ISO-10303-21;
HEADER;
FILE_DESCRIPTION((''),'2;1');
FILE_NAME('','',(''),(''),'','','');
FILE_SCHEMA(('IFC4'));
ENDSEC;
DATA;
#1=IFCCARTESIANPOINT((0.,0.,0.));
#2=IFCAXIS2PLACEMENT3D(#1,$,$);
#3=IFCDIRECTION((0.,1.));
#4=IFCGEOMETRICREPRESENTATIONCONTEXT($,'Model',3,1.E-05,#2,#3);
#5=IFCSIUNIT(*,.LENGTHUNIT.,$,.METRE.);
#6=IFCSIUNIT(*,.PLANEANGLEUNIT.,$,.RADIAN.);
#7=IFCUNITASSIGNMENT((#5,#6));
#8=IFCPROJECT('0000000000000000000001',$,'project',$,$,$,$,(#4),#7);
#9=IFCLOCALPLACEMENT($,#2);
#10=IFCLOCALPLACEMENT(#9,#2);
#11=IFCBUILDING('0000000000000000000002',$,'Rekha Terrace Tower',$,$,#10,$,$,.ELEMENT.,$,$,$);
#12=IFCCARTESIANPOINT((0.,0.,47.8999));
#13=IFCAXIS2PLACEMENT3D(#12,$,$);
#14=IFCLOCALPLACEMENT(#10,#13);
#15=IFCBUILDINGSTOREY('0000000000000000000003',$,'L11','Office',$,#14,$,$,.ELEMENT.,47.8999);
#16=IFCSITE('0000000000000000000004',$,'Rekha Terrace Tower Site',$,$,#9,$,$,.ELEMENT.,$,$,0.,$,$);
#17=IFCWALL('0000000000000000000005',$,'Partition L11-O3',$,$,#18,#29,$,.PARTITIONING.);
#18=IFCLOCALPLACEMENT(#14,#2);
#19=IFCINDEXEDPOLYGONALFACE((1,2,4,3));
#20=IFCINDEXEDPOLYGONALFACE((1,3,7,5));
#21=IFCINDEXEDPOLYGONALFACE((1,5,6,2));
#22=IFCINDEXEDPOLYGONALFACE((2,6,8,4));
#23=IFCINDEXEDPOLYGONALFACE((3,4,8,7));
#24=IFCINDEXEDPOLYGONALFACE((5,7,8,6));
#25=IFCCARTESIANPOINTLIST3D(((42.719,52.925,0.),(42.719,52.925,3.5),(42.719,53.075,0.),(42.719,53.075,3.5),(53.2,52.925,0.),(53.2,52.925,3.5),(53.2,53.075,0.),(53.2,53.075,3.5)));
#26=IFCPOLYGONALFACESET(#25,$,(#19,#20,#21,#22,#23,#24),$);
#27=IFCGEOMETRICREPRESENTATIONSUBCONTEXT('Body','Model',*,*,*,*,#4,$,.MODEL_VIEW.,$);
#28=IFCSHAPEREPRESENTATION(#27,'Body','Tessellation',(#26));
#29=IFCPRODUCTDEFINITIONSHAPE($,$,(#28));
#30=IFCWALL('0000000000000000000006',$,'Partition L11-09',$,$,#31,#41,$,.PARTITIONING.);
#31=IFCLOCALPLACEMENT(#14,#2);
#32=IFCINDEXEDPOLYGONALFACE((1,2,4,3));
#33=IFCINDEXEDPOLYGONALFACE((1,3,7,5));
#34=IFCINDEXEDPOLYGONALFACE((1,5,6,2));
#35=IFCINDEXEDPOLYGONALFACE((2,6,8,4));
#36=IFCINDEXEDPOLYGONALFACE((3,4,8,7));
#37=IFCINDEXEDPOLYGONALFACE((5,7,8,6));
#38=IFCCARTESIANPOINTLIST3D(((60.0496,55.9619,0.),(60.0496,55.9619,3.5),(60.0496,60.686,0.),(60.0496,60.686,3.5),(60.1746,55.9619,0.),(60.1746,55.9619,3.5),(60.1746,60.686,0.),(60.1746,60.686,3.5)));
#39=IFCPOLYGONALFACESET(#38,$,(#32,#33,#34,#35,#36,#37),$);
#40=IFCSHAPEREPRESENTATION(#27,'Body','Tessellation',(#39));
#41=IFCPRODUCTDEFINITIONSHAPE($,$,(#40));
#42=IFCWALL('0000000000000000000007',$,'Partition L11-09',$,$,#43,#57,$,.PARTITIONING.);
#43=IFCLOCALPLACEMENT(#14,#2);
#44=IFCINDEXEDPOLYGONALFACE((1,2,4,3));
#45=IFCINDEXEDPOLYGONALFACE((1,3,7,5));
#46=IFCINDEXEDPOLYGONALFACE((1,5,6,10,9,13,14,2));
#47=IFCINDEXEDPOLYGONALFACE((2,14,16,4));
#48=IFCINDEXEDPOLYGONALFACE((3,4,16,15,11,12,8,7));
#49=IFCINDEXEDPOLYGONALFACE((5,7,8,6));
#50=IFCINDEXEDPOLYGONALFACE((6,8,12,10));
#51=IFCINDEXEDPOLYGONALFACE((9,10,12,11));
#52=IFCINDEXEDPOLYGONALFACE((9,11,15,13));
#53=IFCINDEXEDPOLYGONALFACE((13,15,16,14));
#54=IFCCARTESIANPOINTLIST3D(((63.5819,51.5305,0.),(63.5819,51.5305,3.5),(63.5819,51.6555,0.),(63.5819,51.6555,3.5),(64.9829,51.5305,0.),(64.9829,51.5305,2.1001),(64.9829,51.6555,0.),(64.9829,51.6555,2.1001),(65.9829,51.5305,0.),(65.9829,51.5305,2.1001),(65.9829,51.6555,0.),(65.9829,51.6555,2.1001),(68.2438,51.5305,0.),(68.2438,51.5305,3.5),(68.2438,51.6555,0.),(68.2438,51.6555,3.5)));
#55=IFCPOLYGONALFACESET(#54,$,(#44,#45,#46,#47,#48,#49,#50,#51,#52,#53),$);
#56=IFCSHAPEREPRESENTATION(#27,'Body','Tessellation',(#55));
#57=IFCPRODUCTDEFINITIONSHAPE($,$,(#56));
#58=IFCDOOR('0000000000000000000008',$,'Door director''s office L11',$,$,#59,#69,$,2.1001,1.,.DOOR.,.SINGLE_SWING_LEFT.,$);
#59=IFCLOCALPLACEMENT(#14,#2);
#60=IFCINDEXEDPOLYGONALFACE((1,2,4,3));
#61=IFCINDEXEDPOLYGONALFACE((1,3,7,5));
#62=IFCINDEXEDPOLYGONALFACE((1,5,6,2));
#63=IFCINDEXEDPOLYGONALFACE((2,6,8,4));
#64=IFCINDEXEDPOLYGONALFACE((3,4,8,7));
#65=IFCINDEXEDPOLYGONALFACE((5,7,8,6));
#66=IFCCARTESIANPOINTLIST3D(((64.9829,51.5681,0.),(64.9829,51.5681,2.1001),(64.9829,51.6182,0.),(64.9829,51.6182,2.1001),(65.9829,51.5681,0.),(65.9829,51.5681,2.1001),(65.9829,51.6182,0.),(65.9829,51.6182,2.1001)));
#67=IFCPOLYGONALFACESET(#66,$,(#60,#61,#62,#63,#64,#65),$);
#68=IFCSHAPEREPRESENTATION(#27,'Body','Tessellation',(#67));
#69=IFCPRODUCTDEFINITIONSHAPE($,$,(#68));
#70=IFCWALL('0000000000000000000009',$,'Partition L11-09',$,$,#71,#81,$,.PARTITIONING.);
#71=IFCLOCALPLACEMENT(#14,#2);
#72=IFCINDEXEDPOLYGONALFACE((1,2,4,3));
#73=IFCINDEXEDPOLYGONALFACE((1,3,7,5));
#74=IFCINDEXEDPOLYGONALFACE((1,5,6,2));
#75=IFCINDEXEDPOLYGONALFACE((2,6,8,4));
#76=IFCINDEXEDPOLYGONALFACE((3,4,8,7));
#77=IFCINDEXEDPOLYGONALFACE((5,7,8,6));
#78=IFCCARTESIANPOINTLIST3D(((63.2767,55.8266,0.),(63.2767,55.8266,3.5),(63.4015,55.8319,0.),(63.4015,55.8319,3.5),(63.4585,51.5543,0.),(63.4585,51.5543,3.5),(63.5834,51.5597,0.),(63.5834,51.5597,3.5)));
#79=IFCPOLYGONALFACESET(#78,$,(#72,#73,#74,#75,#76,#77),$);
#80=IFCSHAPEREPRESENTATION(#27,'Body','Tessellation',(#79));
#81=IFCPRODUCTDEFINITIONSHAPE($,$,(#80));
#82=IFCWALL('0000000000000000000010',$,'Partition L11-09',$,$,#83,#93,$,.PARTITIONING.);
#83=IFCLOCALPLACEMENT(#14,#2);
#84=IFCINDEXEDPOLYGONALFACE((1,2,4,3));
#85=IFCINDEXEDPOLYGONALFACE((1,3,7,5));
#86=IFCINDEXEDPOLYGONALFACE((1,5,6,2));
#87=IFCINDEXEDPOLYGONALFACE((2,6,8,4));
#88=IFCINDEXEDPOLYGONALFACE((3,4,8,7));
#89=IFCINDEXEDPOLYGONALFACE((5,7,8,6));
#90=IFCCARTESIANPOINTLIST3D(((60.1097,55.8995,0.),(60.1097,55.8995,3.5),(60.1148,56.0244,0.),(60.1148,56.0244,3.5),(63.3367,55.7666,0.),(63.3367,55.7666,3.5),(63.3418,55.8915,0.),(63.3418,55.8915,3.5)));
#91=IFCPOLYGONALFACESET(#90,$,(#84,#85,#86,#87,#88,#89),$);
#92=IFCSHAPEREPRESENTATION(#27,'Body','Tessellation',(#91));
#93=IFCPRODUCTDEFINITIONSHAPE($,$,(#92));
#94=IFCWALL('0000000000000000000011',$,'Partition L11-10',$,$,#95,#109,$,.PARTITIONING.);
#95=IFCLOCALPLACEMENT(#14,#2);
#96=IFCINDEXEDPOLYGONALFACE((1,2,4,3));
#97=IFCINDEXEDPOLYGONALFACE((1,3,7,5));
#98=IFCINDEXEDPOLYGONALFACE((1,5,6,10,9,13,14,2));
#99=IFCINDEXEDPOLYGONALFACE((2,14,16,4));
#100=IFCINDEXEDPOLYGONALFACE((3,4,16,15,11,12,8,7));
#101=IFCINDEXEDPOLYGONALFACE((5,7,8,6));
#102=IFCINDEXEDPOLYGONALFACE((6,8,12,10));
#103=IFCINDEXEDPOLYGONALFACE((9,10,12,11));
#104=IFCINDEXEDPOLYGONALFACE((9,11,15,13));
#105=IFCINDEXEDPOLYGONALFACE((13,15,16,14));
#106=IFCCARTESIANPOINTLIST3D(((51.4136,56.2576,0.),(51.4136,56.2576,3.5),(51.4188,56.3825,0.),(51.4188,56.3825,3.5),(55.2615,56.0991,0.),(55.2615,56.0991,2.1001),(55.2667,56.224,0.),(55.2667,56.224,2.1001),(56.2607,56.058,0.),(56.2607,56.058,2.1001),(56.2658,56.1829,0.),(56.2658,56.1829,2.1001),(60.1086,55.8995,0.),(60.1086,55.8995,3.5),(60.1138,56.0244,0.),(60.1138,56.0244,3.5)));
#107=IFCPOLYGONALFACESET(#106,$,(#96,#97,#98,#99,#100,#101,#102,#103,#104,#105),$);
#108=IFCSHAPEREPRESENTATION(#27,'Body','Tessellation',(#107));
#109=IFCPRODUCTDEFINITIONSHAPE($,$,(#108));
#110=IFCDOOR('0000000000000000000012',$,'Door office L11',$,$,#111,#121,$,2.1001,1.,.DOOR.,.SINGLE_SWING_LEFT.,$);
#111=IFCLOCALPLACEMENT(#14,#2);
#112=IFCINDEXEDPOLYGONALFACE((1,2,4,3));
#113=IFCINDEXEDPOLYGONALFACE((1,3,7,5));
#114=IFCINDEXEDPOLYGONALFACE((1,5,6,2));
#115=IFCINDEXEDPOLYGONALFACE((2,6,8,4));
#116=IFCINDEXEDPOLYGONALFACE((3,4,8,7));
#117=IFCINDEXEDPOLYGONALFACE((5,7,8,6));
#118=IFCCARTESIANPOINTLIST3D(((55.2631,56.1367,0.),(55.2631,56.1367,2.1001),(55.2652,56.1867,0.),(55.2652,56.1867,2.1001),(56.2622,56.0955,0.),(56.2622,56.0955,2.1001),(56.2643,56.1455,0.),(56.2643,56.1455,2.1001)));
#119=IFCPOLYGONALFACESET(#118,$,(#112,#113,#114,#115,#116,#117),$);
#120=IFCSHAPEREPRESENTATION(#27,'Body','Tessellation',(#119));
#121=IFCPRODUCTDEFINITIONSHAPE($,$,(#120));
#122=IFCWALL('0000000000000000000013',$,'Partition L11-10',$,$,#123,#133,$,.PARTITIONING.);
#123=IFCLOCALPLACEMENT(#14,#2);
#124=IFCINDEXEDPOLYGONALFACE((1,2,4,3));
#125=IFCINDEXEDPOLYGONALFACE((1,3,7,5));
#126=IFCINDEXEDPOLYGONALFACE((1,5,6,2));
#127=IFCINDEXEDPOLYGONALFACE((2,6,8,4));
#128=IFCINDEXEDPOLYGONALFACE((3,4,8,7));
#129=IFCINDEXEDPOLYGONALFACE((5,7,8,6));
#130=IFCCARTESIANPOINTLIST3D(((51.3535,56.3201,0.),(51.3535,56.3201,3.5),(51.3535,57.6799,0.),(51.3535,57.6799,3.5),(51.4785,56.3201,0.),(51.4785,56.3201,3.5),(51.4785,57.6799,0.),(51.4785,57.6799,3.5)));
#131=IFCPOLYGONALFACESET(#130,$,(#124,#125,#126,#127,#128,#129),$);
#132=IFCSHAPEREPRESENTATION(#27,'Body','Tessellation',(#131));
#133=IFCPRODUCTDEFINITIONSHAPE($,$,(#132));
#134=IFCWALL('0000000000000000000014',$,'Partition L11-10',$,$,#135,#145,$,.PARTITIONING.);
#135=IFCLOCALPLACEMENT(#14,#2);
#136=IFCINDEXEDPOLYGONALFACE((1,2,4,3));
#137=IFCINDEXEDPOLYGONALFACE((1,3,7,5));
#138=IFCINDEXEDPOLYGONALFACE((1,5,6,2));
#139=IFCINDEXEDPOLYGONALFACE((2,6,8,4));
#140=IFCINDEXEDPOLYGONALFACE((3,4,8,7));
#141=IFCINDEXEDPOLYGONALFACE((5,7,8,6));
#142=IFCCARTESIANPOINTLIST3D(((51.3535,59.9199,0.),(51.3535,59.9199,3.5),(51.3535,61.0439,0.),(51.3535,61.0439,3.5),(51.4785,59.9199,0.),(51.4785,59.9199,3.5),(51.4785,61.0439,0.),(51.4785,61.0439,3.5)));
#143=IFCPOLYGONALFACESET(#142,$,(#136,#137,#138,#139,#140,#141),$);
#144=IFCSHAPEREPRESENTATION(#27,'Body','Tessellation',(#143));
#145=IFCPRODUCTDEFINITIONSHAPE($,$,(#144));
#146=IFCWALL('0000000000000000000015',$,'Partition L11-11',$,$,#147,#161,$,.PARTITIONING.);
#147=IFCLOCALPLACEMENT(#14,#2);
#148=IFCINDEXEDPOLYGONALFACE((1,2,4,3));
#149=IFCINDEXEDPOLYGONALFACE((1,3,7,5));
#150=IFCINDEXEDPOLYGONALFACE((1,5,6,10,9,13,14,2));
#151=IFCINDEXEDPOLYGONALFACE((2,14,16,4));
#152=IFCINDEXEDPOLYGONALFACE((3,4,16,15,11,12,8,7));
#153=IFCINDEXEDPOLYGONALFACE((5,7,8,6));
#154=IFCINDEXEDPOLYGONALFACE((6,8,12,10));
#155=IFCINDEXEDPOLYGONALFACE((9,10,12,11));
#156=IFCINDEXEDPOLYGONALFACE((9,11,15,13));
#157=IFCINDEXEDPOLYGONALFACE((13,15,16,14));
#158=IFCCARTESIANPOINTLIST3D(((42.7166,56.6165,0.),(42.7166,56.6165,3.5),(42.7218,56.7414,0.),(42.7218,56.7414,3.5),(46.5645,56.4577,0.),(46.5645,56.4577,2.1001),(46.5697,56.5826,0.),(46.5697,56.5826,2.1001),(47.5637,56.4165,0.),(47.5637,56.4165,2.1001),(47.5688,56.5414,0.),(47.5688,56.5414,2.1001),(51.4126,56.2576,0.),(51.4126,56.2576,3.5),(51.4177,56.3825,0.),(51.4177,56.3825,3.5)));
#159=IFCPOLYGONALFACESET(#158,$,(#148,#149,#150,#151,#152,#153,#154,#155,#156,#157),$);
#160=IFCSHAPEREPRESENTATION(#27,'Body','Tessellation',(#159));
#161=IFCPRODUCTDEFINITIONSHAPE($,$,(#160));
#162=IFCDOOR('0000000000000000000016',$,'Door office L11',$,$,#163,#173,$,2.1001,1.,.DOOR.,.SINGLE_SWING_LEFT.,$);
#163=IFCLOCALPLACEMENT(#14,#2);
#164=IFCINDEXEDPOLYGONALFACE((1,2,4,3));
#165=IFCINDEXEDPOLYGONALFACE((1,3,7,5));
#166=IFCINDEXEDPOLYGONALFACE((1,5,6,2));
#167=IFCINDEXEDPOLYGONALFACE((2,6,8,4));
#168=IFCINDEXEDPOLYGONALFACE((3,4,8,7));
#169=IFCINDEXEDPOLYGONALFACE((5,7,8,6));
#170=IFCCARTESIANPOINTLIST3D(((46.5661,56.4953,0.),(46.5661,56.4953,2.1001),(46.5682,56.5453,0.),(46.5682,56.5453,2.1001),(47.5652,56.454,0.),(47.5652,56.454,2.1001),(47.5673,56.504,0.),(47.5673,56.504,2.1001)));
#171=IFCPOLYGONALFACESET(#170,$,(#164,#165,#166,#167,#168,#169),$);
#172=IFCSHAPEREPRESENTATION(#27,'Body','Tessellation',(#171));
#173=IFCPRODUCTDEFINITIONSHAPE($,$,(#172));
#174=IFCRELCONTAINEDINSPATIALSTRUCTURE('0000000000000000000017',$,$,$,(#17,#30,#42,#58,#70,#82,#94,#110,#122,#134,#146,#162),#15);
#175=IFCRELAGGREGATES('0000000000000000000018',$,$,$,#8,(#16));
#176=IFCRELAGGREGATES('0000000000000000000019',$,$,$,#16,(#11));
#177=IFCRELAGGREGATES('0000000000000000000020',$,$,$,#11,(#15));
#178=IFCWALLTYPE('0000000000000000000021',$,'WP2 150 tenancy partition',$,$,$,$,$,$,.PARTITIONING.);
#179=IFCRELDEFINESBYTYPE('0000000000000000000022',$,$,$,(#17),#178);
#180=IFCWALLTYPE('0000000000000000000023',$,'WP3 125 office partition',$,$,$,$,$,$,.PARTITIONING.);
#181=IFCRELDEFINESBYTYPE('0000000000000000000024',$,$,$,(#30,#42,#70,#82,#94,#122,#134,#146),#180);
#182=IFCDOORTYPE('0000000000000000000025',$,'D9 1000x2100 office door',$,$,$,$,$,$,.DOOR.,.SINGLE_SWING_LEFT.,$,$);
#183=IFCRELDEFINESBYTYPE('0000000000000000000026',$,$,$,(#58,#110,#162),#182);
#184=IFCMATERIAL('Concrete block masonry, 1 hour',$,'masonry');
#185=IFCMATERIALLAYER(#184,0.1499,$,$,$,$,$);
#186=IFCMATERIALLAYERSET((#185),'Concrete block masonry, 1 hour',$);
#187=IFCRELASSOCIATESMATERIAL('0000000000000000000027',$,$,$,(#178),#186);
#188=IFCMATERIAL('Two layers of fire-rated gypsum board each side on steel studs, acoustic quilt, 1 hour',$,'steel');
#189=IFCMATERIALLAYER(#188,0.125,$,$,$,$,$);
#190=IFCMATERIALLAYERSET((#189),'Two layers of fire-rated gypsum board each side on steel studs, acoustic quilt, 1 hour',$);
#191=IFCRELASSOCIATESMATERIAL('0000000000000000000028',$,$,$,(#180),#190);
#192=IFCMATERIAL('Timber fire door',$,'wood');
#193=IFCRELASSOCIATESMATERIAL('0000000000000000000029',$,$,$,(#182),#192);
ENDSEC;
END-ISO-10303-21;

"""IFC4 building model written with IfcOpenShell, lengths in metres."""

from ifc_helpers import new_model, si_unit, direction, frame, frame_2d, origin, place, context, subcontext, project, spatial, rectangle, extrude, material, layer, layer_set, type_object, element, fill, save


model = new_model("IFC4")

# Units and contexts
model_context = context("Model", 3, precision=1e-05, world=origin(), true_north=direction((0.0, 1.0)))
body_context = subcontext(model_context, "Body", "Model", "MODEL_VIEW")
ifc_project = project(units=[si_unit("LENGTHUNIT", "METRE"), si_unit("PLANEANGLEUNIT", "RADIAN")], contexts=[model_context])

# Site, building, storey
site_placement = place(None, origin())
site = spatial("IfcSite", under=ifc_project, at=site_placement, Name="Rekha Terrace Tower Site", CompositionType="ELEMENT", RefElevation=0.0)
building_placement = place(site_placement, origin())
building = spatial("IfcBuilding", under=site, at=building_placement, Name="Rekha Terrace Tower", CompositionType="ELEMENT")
storey_placement = place(building_placement, frame((0.0, 0.0, 47.8999)))
storey = spatial("IfcBuildingStorey", under=building, at=storey_placement, Name="L11", Description="Office", CompositionType="ELEMENT", Elevation=47.8999)

# Walls
ifc_material_1 = material(Name="Concrete block masonry, 1 hour", Category="masonry")
ifc_layer_1 = layer(ifc_material_1, 0.1499)
ifc_layer_set_1 = layer_set([ifc_layer_1], Name="Concrete block masonry, 1 hour")
wall_type_1 = type_object("IfcWallType", Name="WP2 150 tenancy partition", PredefinedType="PARTITIONING", material=ifc_layer_set_1)
wall_1_placement = place(storey_placement, frame((53.2, 53.0, 0.0), z_axis=(0.0, 0.0, 1.0), x_axis=(-1.0, 0.0, 0.0)))
element("IfcWall", 1, at=wall_1_placement, inside=storey, type_object=wall_type_1, Name="Partition L11-O3", PredefinedType="PARTITIONING", context=body_context, shape_type="SweptSolid", body=[
    extrude(rectangle(XDim=10.481, YDim=0.1499, at=frame_2d((5.2405, 0.0))), origin(), (0.0, 0.0, 1.0), 3.5),
])
ifc_material_2 = material(Name="Two layers of fire-rated gypsum board each side on steel studs, acoustic quilt, 1 hour", Category="steel")
ifc_layer_2 = layer(ifc_material_2, 0.125)
ifc_layer_set_2 = layer_set([ifc_layer_2], Name="Two layers of fire-rated gypsum board each side on steel studs, acoustic quilt, 1 hour")
wall_type_2 = type_object("IfcWallType", Name="WP3 125 office partition", PredefinedType="PARTITIONING", material=ifc_layer_set_2)
wall_2_placement = place(storey_placement, frame((60.1121, 55.9619, 0.0), z_axis=(0.0, 0.0, 1.0), x_axis=(0.0, 1.0, 0.0)))
element("IfcWall", 2, at=wall_2_placement, inside=storey, type_object=wall_type_2, Name="Partition L11-09", PredefinedType="PARTITIONING", context=body_context, shape_type="SweptSolid", body=[
    extrude(rectangle(XDim=4.7241, YDim=0.125, at=frame_2d((2.3621, 0.0))), origin(), (0.0, 0.0, 1.0), 3.5),
])

# Wall, opening, door
wall_3_placement = place(storey_placement, frame((68.2439, 51.593, 0.0), z_axis=(0.0, 0.0, 1.0), x_axis=(-1.0, 0.0, 0.0)))
wall_3 = element("IfcWall", 3, at=wall_3_placement, inside=storey, type_object=wall_type_2, Name="Partition L11-09", PredefinedType="PARTITIONING", context=body_context, shape_type="SweptSolid", body=[
    extrude(rectangle(XDim=4.6619, YDim=0.125, at=frame_2d((2.3311, 0.0))), origin(), (0.0, 0.0, 1.0), 3.5),
])
opening_1_placement = place(wall_3_placement, frame((2.261, 0.0, 0.0)))
opening_1 = element("IfcOpeningElement", 4, at=opening_1_placement, cuts=wall_3, PredefinedType="OPENING", context=body_context, shape_type="SweptSolid", body=[
    extrude(rectangle(XDim=1.0, YDim=2.1001, at=frame_2d((0.5, 1.05))), frame((0.0, 0.0725, 0.0), z_axis=(0.0, -1.0, 0.0), x_axis=(1.0, 0.0, 0.0)), (0.0, 0.0, 1.0), 0.145),
])
ifc_material_3 = material(Name="Timber fire door", Category="wood")
door_type = type_object("IfcDoorType", Name="D9 1000x2100 office door", OperationType="SINGLE_SWING_LEFT", PredefinedType="DOOR", material=ifc_material_3)
door_1_placement = place(opening_1_placement, origin())
door_1 = element("IfcDoor", 5, at=door_1_placement, inside=storey, type_object=door_type, Name="Door director's office L11", OperationType="SINGLE_SWING_LEFT", OverallHeight=2.1001, OverallWidth=1.0, PredefinedType="DOOR", context=body_context, shape_type="SweptSolid", body=[
    extrude(rectangle(XDim=1.0, YDim=2.1001, at=frame_2d((0.5, 1.05))), frame((0.0, 0.0249, 0.0), z_axis=(0.0, -1.0, 0.0), x_axis=(1.0, 0.0, 0.0)), (0.0, 0.0, 1.0), 0.05),
])
fill(opening_1, door_1)

# Walls
wall_4_placement = place(storey_placement, frame((63.521, 51.5569, 0.0), z_axis=(0.0, 0.0, 1.0), x_axis=(-0.042535, 0.999095, 0.0)))
element("IfcWall", 6, at=wall_4_placement, inside=storey, type_object=wall_type_2, Name="Partition L11-09", PredefinedType="PARTITIONING", context=body_context, shape_type="SweptSolid", body=[
    extrude(rectangle(XDim=4.2761, YDim=0.125, at=frame_2d((2.1382, 0.0))), origin(), (0.0, 0.0, 1.0), 3.5),
])
wall_5_placement = place(storey_placement, frame((63.3391, 55.8291, 0.0), z_axis=(0.0, 0.0, 1.0), x_axis=(-0.999154, 0.041121, 0.0)))
element("IfcWall", 7, at=wall_5_placement, inside=storey, type_object=wall_type_2, Name="Partition L11-09", PredefinedType="PARTITIONING", context=body_context, shape_type="SweptSolid", body=[
    extrude(rectangle(XDim=3.2297, YDim=0.125, at=frame_2d((1.6147, 0.0))), origin(), (0.0, 0.0, 1.0), 3.5),
])

# Wall, opening, door
wall_6_placement = place(storey_placement, frame((60.1111, 55.9619, 0.0), z_axis=(0.0, 0.0, 1.0), x_axis=(-0.999153, 0.041156, 0.0)))
wall_6 = element("IfcWall", 8, at=wall_6_placement, inside=storey, type_object=wall_type_2, Name="Partition L11-10", PredefinedType="PARTITIONING", context=body_context, shape_type="SweptSolid", body=[
    extrude(rectangle(XDim=8.7024, YDim=0.125, at=frame_2d((4.3511, 0.0))), origin(), (0.0, 0.0, 1.0), 3.5),
])
opening_2_placement = place(wall_6_placement, frame((3.8511, 0.0, 0.0)))
opening_2 = element("IfcOpeningElement", 9, at=opening_2_placement, cuts=wall_6, PredefinedType="OPENING", context=body_context, shape_type="SweptSolid", body=[
    extrude(rectangle(XDim=1.0, YDim=2.1001, at=frame_2d((0.5, 1.05))), frame((0.0, 0.0725, 0.0), z_axis=(0.0, -1.0, 0.0), x_axis=(1.0, 0.0, 0.0)), (0.0, 0.0, 1.0), 0.145),
])
door_2_placement = place(opening_2_placement, origin())
door_2 = element("IfcDoor", 10, at=door_2_placement, inside=storey, type_object=door_type, Name="Door office L11", OperationType="SINGLE_SWING_LEFT", OverallHeight=2.1001, OverallWidth=1.0, PredefinedType="DOOR", context=body_context, shape_type="SweptSolid", body=[
    extrude(rectangle(XDim=1.0, YDim=2.1001, at=frame_2d((0.5, 1.05))), frame((0.0, 0.0249, 0.0), z_axis=(0.0, -1.0, 0.0), x_axis=(1.0, 0.0, 0.0)), (0.0, 0.0, 1.0), 0.05),
])
fill(opening_2, door_2)

# Walls
wall_7_placement = place(storey_placement, frame((51.416, 56.3201, 0.0), z_axis=(0.0, 0.0, 1.0), x_axis=(0.0, 1.0, 0.0)))
element("IfcWall", 11, at=wall_7_placement, inside=storey, type_object=wall_type_2, Name="Partition L11-10", PredefinedType="PARTITIONING", context=body_context, shape_type="SweptSolid", body=[
    extrude(rectangle(XDim=1.3599, YDim=0.125, at=frame_2d((0.6799, 0.0))), origin(), (0.0, 0.0, 1.0), 3.5),
])
wall_8_placement = place(storey_placement, frame((51.416, 59.9199, 0.0), z_axis=(0.0, 0.0, 1.0), x_axis=(0.0, 1.0, 0.0)))
element("IfcWall", 12, at=wall_8_placement, inside=storey, type_object=wall_type_2, Name="Partition L11-10", PredefinedType="PARTITIONING", context=body_context, shape_type="SweptSolid", body=[
    extrude(rectangle(XDim=1.124, YDim=0.125, at=frame_2d((0.562, 0.0))), origin(), (0.0, 0.0, 1.0), 3.5),
])

# Wall, opening, door
wall_9_placement = place(storey_placement, frame((51.415, 56.3201, 0.0), z_axis=(0.0, 0.0, 1.0), x_axis=(-0.999149, 0.041235, 0.0)))
wall_9 = element("IfcWall", 13, at=wall_9_placement, inside=storey, type_object=wall_type_2, Name="Partition L11-11", PredefinedType="PARTITIONING", context=body_context, shape_type="SweptSolid", body=[
    extrude(rectangle(XDim=8.7034, YDim=0.125, at=frame_2d((4.3516, 0.0))), origin(), (0.0, 0.0, 1.0), 3.5),
])
opening_3_placement = place(wall_9_placement, frame((3.8521, 0.0, 0.0)))
opening_3 = element("IfcOpeningElement", 14, at=opening_3_placement, cuts=wall_9, PredefinedType="OPENING", context=body_context, shape_type="SweptSolid", body=[
    extrude(rectangle(XDim=1.0, YDim=2.1001, at=frame_2d((0.5, 1.05))), frame((0.0, 0.0725, 0.0), z_axis=(0.0, -1.0, 0.0), x_axis=(1.0, 0.0, 0.0)), (0.0, 0.0, 1.0), 0.145),
])
door_3_placement = place(opening_3_placement, origin())
door_3 = element("IfcDoor", 15, at=door_3_placement, inside=storey, type_object=door_type, Name="Door office L11", OperationType="SINGLE_SWING_LEFT", OverallHeight=2.1001, OverallWidth=1.0, PredefinedType="DOOR", context=body_context, shape_type="SweptSolid", body=[
    extrude(rectangle(XDim=1.0, YDim=2.1001, at=frame_2d((0.5, 1.05))), frame((0.0, 0.0249, 0.0), z_axis=(0.0, -1.0, 0.0), x_axis=(1.0, 0.0, 0.0)), (0.0, 0.0, 1.0), 0.05),
])
fill(opening_3, door_3)

save(model, "model.ifc")
